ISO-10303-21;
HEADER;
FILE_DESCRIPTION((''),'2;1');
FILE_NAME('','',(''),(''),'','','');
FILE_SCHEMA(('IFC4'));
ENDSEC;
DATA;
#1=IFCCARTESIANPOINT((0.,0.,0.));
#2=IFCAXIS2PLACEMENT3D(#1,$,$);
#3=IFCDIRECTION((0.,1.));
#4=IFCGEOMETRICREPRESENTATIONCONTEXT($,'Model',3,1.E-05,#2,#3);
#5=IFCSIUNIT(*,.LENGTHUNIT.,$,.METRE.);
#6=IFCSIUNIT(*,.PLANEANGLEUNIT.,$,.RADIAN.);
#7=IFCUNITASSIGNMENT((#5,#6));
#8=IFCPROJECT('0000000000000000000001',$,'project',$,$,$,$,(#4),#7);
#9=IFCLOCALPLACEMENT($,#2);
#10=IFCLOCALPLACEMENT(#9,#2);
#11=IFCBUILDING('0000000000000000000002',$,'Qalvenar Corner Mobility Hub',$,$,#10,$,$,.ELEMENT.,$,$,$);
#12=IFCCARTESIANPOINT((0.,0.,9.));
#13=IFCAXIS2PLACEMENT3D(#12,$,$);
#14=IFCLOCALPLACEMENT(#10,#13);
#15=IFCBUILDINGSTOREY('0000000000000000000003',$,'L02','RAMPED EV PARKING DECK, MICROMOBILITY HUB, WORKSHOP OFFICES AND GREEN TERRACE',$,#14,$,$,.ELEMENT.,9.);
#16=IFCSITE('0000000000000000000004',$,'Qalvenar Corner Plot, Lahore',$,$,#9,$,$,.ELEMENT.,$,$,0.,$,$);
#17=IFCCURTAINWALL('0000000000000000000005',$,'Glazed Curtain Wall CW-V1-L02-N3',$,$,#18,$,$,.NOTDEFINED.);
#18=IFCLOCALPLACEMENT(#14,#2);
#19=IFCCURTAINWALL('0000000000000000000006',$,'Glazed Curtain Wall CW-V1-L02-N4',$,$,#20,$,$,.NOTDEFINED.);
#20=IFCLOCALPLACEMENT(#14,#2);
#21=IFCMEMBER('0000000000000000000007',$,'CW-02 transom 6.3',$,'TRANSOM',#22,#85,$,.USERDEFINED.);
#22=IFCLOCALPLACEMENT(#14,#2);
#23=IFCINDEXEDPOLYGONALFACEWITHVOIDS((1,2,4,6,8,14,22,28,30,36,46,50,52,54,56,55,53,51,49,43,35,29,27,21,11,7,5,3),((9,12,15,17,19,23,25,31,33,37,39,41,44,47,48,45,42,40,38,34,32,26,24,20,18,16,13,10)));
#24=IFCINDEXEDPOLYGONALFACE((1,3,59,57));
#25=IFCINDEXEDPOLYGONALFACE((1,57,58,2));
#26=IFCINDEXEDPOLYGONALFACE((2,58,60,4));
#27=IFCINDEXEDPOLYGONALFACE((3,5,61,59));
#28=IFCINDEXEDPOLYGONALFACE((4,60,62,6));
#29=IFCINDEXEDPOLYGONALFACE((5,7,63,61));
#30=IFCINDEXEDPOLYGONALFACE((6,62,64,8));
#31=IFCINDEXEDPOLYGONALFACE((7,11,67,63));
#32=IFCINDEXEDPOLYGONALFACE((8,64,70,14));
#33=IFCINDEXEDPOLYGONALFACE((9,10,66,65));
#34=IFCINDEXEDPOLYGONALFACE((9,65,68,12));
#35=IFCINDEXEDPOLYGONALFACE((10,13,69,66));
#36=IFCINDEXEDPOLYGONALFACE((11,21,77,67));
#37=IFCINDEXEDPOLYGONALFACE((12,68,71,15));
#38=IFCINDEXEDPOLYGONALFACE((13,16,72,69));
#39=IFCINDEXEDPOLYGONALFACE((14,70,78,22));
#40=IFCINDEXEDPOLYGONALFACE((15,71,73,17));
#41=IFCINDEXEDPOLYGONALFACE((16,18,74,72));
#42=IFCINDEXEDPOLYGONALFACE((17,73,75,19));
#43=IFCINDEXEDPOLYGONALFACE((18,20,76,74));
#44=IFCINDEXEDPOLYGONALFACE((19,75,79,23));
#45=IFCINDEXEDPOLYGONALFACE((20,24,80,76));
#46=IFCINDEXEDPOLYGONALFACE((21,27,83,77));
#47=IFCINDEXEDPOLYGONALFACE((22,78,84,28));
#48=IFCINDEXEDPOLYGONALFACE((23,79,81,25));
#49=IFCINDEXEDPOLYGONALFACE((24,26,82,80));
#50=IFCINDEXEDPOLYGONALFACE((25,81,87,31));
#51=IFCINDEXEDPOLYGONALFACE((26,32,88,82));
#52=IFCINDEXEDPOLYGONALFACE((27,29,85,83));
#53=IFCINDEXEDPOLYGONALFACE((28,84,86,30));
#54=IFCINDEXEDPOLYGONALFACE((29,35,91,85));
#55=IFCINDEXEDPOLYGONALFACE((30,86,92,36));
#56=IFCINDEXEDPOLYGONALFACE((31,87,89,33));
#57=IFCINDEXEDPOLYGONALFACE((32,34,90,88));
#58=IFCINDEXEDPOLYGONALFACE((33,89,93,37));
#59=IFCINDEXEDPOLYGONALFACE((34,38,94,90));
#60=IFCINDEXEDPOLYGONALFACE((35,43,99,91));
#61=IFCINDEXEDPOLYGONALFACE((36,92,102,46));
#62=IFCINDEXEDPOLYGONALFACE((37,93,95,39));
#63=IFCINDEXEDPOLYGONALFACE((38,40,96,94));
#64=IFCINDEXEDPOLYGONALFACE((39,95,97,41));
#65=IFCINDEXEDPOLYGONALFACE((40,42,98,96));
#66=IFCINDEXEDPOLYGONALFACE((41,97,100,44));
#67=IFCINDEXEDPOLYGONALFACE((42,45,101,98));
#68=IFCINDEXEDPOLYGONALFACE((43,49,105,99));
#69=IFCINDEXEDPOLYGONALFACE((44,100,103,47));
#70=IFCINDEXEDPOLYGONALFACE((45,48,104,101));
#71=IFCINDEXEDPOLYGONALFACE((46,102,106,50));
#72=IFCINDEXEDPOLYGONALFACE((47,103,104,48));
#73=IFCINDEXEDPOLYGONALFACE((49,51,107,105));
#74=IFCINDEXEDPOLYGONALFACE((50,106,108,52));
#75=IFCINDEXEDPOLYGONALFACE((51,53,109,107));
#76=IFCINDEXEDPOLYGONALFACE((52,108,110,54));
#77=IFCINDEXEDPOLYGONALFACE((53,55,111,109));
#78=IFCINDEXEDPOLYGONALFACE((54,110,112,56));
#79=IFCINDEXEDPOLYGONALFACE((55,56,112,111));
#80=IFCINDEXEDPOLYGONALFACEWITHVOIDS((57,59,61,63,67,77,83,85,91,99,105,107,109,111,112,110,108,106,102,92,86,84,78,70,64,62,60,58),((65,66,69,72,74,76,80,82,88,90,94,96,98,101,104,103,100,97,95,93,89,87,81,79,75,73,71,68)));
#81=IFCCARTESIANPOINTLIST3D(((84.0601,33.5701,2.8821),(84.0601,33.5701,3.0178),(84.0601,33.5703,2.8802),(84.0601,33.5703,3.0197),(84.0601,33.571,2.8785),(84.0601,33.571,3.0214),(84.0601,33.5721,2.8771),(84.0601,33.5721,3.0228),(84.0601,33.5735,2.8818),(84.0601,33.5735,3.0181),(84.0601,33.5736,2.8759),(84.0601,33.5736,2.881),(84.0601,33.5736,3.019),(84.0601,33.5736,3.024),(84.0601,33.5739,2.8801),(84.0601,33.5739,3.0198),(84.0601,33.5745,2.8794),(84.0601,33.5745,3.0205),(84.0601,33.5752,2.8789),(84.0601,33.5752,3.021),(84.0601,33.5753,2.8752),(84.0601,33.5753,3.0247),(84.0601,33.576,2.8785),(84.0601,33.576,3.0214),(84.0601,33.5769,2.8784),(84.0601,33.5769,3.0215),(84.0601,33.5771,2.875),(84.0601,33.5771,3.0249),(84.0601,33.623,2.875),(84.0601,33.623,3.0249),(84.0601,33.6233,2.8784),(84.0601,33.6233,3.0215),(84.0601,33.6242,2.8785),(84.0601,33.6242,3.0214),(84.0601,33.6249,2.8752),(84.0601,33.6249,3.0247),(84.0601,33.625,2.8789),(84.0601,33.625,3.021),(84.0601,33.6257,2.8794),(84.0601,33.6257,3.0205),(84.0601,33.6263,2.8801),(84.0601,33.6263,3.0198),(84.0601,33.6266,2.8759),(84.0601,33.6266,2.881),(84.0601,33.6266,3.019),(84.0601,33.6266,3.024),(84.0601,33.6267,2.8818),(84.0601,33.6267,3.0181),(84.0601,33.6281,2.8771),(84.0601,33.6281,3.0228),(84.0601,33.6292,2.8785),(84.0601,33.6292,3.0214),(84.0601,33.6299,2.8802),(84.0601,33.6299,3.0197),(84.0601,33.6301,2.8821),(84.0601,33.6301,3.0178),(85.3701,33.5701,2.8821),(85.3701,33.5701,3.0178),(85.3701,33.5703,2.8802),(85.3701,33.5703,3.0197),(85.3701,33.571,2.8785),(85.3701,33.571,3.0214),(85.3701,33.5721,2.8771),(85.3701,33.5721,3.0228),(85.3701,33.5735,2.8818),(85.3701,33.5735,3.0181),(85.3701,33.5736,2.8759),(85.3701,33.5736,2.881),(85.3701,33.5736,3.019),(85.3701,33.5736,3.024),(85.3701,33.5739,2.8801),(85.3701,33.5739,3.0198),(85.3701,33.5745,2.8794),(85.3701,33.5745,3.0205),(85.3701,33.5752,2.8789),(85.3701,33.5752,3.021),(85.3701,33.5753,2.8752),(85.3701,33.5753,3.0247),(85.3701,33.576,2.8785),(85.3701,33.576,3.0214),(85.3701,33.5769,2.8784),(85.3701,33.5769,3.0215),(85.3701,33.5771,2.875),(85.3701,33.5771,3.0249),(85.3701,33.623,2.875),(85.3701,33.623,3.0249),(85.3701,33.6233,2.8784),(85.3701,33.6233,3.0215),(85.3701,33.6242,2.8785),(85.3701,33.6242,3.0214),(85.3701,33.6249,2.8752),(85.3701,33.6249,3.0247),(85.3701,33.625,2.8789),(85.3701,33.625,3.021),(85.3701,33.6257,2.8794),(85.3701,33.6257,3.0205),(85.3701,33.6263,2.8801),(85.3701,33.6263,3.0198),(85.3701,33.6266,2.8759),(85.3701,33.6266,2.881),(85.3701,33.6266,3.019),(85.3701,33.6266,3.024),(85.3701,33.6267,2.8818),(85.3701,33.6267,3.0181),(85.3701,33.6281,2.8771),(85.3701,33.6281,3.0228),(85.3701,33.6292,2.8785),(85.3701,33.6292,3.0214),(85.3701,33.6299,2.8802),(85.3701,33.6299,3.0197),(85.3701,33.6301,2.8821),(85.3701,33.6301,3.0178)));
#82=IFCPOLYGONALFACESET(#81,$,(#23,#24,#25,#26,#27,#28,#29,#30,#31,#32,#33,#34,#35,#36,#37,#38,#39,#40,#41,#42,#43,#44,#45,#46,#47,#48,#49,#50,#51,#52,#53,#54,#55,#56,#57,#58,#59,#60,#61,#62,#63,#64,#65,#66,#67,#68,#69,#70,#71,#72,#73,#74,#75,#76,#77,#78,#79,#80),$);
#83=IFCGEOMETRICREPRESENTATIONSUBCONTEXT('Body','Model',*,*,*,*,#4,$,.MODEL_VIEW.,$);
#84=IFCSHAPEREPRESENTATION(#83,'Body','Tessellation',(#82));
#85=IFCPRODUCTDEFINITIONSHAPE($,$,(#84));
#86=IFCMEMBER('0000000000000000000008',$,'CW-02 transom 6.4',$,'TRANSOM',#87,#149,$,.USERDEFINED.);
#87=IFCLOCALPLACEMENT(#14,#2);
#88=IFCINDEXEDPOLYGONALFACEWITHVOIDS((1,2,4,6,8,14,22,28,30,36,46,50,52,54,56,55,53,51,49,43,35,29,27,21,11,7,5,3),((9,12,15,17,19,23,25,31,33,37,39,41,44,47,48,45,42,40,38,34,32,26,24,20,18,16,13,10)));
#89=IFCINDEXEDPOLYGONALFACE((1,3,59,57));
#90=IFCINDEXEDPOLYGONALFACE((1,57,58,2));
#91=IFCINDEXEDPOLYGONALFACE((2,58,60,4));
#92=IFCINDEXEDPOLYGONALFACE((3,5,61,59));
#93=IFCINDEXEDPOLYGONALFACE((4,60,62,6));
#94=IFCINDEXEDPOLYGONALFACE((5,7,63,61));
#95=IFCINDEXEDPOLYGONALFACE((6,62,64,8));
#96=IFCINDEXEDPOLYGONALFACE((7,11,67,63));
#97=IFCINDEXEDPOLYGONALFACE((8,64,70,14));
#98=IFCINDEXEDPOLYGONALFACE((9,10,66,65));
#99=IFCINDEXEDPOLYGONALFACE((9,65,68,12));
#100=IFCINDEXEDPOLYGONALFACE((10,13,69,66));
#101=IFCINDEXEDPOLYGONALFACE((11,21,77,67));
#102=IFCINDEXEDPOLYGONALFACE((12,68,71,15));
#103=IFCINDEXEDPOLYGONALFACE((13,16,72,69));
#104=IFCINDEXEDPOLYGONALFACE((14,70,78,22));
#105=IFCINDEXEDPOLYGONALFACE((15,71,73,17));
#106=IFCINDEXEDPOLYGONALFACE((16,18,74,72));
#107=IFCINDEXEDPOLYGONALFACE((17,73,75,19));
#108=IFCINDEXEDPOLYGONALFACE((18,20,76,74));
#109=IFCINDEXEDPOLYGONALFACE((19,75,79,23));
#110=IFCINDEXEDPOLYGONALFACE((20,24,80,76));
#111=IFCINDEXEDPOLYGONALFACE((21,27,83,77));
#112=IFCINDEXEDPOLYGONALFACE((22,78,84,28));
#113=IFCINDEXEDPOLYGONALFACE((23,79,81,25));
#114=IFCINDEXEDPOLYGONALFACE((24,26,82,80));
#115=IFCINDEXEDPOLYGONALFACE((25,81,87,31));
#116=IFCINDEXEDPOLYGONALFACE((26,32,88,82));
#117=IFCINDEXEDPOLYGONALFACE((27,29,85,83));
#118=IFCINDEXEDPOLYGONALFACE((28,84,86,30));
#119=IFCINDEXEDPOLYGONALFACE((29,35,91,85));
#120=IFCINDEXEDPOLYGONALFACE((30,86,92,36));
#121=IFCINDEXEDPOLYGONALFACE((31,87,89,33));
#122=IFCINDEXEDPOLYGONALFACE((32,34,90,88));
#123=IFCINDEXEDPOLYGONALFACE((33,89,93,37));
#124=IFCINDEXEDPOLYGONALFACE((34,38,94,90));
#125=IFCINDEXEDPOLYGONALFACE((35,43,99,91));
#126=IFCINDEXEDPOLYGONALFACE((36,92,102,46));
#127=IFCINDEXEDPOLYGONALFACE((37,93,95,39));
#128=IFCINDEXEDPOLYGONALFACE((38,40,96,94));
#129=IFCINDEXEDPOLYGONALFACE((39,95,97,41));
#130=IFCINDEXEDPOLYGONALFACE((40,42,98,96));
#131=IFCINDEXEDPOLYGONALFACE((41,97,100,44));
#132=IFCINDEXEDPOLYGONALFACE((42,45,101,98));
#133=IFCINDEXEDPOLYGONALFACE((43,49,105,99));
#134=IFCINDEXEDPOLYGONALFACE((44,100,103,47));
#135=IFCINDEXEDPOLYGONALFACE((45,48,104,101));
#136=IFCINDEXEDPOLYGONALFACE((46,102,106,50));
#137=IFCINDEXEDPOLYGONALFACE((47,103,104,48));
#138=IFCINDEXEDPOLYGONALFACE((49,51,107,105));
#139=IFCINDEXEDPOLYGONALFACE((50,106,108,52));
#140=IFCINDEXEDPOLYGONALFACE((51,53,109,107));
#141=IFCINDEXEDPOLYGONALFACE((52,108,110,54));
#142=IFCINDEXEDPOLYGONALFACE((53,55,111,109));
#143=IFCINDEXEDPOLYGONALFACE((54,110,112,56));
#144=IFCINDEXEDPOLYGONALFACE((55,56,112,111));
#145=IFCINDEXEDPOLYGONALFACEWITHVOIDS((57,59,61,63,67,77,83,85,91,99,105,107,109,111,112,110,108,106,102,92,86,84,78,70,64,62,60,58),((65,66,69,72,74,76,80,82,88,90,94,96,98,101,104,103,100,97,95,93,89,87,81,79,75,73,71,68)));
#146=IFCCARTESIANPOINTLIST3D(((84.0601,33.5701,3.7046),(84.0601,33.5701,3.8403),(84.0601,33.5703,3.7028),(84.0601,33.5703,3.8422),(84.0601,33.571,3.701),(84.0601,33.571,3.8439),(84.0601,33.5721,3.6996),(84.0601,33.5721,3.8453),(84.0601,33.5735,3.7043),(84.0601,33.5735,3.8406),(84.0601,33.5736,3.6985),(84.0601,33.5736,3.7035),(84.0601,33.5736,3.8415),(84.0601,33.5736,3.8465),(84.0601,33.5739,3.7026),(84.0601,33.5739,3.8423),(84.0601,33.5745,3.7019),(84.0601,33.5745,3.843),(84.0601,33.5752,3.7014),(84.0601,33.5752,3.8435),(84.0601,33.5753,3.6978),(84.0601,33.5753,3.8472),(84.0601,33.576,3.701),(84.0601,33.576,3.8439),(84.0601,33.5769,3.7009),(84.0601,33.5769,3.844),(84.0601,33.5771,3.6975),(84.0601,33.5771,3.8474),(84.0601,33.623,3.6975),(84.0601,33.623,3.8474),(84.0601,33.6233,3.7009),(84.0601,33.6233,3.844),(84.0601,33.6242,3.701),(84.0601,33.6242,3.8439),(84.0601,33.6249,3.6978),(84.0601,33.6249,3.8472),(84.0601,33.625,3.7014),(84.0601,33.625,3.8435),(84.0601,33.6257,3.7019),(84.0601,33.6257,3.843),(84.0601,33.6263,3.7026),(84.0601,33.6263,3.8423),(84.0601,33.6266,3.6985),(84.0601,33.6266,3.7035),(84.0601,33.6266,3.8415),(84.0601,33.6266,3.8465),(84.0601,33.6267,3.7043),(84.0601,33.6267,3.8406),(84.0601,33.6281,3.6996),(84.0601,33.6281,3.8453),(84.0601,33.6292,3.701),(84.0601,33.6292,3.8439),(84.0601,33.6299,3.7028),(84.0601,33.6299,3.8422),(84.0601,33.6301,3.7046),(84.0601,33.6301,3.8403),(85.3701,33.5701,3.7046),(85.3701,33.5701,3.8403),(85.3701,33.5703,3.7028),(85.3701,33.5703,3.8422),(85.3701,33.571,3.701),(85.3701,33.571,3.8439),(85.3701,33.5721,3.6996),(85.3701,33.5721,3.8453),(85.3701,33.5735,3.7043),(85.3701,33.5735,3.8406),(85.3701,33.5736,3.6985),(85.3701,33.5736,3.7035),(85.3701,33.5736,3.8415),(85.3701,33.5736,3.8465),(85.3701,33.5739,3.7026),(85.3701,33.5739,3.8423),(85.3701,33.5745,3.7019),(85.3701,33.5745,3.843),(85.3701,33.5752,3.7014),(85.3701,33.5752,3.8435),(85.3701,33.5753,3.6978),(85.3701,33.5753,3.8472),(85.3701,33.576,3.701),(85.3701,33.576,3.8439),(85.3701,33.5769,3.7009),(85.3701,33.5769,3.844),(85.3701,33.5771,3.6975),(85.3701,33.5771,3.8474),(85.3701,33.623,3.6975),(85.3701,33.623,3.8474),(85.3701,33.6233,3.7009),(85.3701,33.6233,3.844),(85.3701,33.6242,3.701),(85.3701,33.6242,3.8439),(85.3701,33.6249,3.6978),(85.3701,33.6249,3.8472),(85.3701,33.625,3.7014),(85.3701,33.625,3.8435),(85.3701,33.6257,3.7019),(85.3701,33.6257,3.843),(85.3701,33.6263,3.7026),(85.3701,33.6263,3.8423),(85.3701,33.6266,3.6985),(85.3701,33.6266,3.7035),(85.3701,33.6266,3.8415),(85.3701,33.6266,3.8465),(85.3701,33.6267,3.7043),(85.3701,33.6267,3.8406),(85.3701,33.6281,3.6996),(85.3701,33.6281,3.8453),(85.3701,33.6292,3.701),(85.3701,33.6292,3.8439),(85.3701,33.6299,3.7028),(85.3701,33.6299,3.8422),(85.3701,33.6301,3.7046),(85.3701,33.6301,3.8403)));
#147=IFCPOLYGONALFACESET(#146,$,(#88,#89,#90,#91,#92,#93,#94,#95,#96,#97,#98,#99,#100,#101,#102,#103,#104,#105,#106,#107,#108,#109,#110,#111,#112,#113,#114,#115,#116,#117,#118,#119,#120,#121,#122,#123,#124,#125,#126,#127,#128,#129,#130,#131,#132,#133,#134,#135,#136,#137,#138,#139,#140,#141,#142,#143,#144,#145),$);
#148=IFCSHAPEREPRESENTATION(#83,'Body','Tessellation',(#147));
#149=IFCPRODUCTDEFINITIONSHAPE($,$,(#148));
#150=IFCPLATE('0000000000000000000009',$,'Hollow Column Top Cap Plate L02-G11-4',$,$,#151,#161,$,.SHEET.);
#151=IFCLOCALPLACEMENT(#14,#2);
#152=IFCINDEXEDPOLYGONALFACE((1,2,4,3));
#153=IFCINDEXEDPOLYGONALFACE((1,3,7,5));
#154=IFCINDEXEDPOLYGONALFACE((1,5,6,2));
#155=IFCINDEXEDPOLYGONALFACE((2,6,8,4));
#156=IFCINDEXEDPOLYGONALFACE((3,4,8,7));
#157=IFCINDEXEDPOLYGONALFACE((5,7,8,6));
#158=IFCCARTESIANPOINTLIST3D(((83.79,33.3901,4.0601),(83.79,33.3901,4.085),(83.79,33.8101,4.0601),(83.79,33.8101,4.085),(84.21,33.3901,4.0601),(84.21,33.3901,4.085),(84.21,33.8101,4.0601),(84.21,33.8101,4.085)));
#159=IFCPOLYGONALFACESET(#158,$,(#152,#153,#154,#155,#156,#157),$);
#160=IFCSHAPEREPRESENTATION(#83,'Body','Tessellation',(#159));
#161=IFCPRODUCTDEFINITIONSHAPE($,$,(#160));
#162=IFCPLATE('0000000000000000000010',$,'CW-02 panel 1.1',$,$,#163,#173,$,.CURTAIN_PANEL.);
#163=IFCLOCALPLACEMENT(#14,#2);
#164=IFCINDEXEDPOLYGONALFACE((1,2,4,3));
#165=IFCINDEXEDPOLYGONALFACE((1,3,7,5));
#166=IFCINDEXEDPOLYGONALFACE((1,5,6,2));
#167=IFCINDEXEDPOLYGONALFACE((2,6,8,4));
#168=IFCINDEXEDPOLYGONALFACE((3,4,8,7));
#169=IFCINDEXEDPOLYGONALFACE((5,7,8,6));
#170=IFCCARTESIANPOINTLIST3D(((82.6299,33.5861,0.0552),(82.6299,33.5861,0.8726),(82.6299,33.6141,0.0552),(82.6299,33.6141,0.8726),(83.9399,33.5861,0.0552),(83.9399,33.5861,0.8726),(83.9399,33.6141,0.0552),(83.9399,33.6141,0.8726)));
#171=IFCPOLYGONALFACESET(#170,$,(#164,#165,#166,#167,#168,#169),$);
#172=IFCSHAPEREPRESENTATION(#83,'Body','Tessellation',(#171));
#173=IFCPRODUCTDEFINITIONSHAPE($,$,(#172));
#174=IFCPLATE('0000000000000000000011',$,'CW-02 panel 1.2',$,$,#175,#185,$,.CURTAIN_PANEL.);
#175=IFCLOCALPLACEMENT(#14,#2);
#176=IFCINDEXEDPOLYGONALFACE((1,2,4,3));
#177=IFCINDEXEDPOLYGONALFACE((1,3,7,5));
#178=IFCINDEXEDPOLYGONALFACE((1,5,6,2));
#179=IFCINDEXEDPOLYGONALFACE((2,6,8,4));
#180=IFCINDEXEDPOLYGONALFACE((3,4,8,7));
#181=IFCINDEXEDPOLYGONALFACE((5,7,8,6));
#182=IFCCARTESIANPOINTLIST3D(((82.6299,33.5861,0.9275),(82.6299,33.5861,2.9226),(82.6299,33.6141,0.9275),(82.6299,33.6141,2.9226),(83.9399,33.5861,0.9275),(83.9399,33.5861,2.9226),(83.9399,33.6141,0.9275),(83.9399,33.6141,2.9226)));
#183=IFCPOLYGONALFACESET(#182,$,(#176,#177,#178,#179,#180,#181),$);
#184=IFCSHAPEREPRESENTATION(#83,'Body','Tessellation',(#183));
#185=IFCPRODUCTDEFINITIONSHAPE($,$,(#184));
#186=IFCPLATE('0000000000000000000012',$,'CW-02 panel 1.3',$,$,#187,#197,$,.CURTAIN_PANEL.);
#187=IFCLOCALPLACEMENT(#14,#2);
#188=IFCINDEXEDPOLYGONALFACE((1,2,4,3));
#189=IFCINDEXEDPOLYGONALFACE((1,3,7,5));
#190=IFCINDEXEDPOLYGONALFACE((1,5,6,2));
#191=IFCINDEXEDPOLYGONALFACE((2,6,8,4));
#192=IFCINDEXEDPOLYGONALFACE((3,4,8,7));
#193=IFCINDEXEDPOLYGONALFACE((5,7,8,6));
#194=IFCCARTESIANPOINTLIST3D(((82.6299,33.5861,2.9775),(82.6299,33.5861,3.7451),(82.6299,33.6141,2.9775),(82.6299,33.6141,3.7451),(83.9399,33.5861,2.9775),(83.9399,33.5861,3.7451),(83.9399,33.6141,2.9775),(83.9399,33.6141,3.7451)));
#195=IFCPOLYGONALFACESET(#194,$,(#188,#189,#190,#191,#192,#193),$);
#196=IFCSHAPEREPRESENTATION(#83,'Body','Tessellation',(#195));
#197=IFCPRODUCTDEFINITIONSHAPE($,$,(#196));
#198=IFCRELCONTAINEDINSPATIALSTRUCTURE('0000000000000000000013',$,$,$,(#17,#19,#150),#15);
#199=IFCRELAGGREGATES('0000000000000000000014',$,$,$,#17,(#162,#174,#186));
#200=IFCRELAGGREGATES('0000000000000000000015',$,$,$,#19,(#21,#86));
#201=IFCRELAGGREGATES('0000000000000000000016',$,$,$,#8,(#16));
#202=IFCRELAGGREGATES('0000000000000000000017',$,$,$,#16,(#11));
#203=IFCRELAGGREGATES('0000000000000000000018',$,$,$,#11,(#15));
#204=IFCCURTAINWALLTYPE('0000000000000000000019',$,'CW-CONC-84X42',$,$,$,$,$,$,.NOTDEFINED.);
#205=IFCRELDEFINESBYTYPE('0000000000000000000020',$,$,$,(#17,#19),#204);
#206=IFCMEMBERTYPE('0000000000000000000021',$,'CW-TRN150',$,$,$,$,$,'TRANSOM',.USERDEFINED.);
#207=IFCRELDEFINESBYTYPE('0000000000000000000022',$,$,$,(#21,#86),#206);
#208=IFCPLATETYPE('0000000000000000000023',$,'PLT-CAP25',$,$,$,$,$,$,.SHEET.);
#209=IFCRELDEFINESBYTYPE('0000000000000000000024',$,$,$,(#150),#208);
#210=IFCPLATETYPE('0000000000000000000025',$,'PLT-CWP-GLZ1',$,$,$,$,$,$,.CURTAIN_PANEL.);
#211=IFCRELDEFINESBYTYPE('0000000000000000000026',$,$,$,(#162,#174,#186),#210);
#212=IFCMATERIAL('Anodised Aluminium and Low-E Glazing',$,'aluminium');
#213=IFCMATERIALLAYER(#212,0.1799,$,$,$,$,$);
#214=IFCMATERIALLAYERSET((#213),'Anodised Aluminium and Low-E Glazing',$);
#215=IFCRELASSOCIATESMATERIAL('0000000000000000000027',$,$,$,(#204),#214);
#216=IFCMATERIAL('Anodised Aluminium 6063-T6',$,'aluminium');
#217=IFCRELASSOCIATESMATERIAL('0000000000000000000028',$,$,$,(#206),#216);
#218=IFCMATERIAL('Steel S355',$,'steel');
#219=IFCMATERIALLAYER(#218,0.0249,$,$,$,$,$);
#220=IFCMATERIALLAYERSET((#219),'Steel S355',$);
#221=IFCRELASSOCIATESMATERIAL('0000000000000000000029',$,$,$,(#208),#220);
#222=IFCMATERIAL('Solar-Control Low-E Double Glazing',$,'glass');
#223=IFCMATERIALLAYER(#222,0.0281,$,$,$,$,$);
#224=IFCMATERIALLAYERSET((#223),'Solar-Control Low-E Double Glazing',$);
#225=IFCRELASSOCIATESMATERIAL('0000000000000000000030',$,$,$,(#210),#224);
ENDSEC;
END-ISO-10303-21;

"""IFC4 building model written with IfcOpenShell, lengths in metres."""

from ifc_helpers import new_model, si_unit, direction, frame, origin, origin_2d, place, context, subcontext, project, spatial, rectangle, hollow_rectangle, extrude, material, layer, layer_set, material_profile, profile_set, type_object, element, aggregate, save


model = new_model("IFC4")

# Units and contexts
model_context = context("Model", 3, precision=1e-05, world=origin(), true_north=direction((0.0, 1.0)))
body_context = subcontext(model_context, "Body", "Model", "MODEL_VIEW")
ifc_project = project(units=[si_unit("LENGTHUNIT", "METRE"), si_unit("PLANEANGLEUNIT", "RADIAN")], contexts=[model_context])

# Site, building, storey
site_placement = place(None, origin())
site = spatial("IfcSite", under=ifc_project, at=site_placement, Name="Qalvenar Corner Plot, Lahore", CompositionType="ELEMENT", RefElevation=0.0)
building_placement = place(site_placement, origin())
building = spatial("IfcBuilding", under=site, at=building_placement, Name="Qalvenar Corner Mobility Hub", CompositionType="ELEMENT")
storey_placement = place(building_placement, frame((0.0, 0.0, 9.0)))
storey = spatial("IfcBuildingStorey", under=building, at=storey_placement, Name="L02", Description="RAMPED EV PARKING DECK, MICROMOBILITY HUB, WORKSHOP OFFICES AND GREEN TERRACE", CompositionType="ELEMENT", Elevation=9.0)

# Curtain walls
ifc_material_1 = material(Name="Anodised Aluminium and Low-E Glazing", Category="aluminium")
ifc_layer_1 = layer(ifc_material_1, 0.1799)
ifc_layer_set_1 = layer_set([ifc_layer_1], Name="Anodised Aluminium and Low-E Glazing")
curtain_wall_type = type_object("IfcCurtainWallType", Name="CW-CONC-84X42", PredefinedType="NOTDEFINED", material=ifc_layer_set_1)
curtain_wall_1_placement = place(storey_placement, origin())
curtain_wall_1 = element("IfcCurtainWall", 1, at=curtain_wall_1_placement, inside=storey, type_object=curtain_wall_type, Name="Glazed Curtain Wall CW-V1-L02-N3", PredefinedType="NOTDEFINED")
ifc_material_2 = material(Name="Anodised Aluminium 6063-T6", Category="aluminium")
curtain_wall_2_placement = place(storey_placement, origin())
curtain_wall_2 = element("IfcCurtainWall", 2, at=curtain_wall_2_placement, inside=storey, type_object=curtain_wall_type, Name="Glazed Curtain Wall CW-V1-L02-N4", PredefinedType="NOTDEFINED")

# Members
ifc_material_profile_1 = material_profile(ifc_material_2, hollow_rectangle(XDim=0.0601, YDim=0.1499, WallThickness=0.0034, InnerFilletRadius=0.0034, OuterFilletRadius=0.0071, at=origin_2d()), Name="RHS150x60x3.5")
ifc_profile_set_1 = profile_set([ifc_material_profile_1], Name="Anodised Aluminium 6063-T6")
member_type_1 = type_object("IfcMemberType", Name="CW-TRN150", ElementType="TRANSOM", PredefinedType="USERDEFINED", material=ifc_profile_set_1)
member_1_placement = place(storey_placement, frame((85.3701, 33.6001, 2.95), z_axis=(-1.0, 0.0, 0.0), x_axis=(0.0, -1.0, 0.0)))
member_1 = element("IfcMember", 3, at=member_1_placement, type_object=member_type_1, Name="CW-02 transom 6.3", ObjectType="TRANSOM", PredefinedType="USERDEFINED", context=body_context, shape_type="SweptSolid", body=[
    extrude(hollow_rectangle(XDim=0.0601, YDim=0.1499, WallThickness=0.0034, InnerFilletRadius=0.0034, OuterFilletRadius=0.0071, at=origin_2d()), origin(), (0.0, 0.0, 1.0), 1.3101),
])
member_2_placement = place(storey_placement, frame((85.3701, 33.6001, 3.7725), z_axis=(-1.0, 0.0, 0.0), x_axis=(0.0, -1.0, 0.0)))
member_2 = element("IfcMember", 4, at=member_2_placement, type_object=member_type_1, Name="CW-02 transom 6.4", ObjectType="TRANSOM", PredefinedType="USERDEFINED", context=body_context, shape_type="SweptSolid", body=[
    extrude(hollow_rectangle(XDim=0.0601, YDim=0.1499, WallThickness=0.0034, InnerFilletRadius=0.0034, OuterFilletRadius=0.0071, at=origin_2d()), origin(), (0.0, 0.0, 1.0), 1.3101),
])

# Plates
ifc_material_3 = material(Name="Steel S355", Category="steel")
ifc_layer_2 = layer(ifc_material_3, 0.0249)
ifc_layer_set_2 = layer_set([ifc_layer_2], Name="Steel S355")
plate_type_1 = type_object("IfcPlateType", Name="PLT-CAP25", PredefinedType="SHEET", material=ifc_layer_set_2)
plate_1_placement = place(storey_placement, frame((84.0, 33.6001, 4.0601), z_axis=(0.0, 0.0, 1.0), x_axis=(1.0, 0.0, 0.0)))
element("IfcPlate", 5, at=plate_1_placement, inside=storey, type_object=plate_type_1, Name="Hollow Column Top Cap Plate L02-G11-4", PredefinedType="SHEET", context=body_context, shape_type="SweptSolid", body=[
    extrude(rectangle(XDim=0.4199, YDim=0.4199, at=origin_2d()), origin(), (0.0, 0.0, 1.0), 0.0249),
])
ifc_material_4 = material(Name="Solar-Control Low-E Double Glazing", Category="glass")
ifc_layer_3 = layer(ifc_material_4, 0.0281)
ifc_layer_set_3 = layer_set([ifc_layer_3], Name="Solar-Control Low-E Double Glazing")
plate_type_2 = type_object("IfcPlateType", Name="PLT-CWP-GLZ1", PredefinedType="CURTAIN_PANEL", material=ifc_layer_set_3)
plate_2_placement = place(storey_placement, frame((83.2849, 33.6001, 0.0552), z_axis=(0.0, 0.0, 1.0), x_axis=(-1.0, 0.0, 0.0)))
plate_2 = element("IfcPlate", 6, at=plate_2_placement, type_object=plate_type_2, Name="CW-02 panel 1.1", PredefinedType="CURTAIN_PANEL", context=body_context, shape_type="SweptSolid", body=[
    extrude(rectangle(XDim=1.3101, YDim=0.0281, at=origin_2d()), origin(), (0.0, 0.0, 1.0), 0.8174),
])
plate_3_placement = place(storey_placement, frame((83.2849, 33.6001, 0.9275), z_axis=(0.0, 0.0, 1.0), x_axis=(-1.0, 0.0, 0.0)))
plate_3 = element("IfcPlate", 7, at=plate_3_placement, type_object=plate_type_2, Name="CW-02 panel 1.2", PredefinedType="CURTAIN_PANEL", context=body_context, shape_type="SweptSolid", body=[
    extrude(rectangle(XDim=1.3101, YDim=0.0281, at=origin_2d()), origin(), (0.0, 0.0, 1.0), 1.9951),
])
plate_4_placement = place(storey_placement, frame((83.2849, 33.6001, 2.9775), z_axis=(0.0, 0.0, 1.0), x_axis=(-1.0, 0.0, 0.0)))
plate_4 = element("IfcPlate", 8, at=plate_4_placement, type_object=plate_type_2, Name="CW-02 panel 1.3", PredefinedType="CURTAIN_PANEL", context=body_context, shape_type="SweptSolid", body=[
    extrude(rectangle(XDim=1.3101, YDim=0.0281, at=origin_2d()), origin(), (0.0, 0.0, 1.0), 0.7676),
])
aggregate(curtain_wall_1, [plate_2, plate_3, plate_4])
aggregate(curtain_wall_2, [member_1, member_2])

save(model, "model.ifc")
